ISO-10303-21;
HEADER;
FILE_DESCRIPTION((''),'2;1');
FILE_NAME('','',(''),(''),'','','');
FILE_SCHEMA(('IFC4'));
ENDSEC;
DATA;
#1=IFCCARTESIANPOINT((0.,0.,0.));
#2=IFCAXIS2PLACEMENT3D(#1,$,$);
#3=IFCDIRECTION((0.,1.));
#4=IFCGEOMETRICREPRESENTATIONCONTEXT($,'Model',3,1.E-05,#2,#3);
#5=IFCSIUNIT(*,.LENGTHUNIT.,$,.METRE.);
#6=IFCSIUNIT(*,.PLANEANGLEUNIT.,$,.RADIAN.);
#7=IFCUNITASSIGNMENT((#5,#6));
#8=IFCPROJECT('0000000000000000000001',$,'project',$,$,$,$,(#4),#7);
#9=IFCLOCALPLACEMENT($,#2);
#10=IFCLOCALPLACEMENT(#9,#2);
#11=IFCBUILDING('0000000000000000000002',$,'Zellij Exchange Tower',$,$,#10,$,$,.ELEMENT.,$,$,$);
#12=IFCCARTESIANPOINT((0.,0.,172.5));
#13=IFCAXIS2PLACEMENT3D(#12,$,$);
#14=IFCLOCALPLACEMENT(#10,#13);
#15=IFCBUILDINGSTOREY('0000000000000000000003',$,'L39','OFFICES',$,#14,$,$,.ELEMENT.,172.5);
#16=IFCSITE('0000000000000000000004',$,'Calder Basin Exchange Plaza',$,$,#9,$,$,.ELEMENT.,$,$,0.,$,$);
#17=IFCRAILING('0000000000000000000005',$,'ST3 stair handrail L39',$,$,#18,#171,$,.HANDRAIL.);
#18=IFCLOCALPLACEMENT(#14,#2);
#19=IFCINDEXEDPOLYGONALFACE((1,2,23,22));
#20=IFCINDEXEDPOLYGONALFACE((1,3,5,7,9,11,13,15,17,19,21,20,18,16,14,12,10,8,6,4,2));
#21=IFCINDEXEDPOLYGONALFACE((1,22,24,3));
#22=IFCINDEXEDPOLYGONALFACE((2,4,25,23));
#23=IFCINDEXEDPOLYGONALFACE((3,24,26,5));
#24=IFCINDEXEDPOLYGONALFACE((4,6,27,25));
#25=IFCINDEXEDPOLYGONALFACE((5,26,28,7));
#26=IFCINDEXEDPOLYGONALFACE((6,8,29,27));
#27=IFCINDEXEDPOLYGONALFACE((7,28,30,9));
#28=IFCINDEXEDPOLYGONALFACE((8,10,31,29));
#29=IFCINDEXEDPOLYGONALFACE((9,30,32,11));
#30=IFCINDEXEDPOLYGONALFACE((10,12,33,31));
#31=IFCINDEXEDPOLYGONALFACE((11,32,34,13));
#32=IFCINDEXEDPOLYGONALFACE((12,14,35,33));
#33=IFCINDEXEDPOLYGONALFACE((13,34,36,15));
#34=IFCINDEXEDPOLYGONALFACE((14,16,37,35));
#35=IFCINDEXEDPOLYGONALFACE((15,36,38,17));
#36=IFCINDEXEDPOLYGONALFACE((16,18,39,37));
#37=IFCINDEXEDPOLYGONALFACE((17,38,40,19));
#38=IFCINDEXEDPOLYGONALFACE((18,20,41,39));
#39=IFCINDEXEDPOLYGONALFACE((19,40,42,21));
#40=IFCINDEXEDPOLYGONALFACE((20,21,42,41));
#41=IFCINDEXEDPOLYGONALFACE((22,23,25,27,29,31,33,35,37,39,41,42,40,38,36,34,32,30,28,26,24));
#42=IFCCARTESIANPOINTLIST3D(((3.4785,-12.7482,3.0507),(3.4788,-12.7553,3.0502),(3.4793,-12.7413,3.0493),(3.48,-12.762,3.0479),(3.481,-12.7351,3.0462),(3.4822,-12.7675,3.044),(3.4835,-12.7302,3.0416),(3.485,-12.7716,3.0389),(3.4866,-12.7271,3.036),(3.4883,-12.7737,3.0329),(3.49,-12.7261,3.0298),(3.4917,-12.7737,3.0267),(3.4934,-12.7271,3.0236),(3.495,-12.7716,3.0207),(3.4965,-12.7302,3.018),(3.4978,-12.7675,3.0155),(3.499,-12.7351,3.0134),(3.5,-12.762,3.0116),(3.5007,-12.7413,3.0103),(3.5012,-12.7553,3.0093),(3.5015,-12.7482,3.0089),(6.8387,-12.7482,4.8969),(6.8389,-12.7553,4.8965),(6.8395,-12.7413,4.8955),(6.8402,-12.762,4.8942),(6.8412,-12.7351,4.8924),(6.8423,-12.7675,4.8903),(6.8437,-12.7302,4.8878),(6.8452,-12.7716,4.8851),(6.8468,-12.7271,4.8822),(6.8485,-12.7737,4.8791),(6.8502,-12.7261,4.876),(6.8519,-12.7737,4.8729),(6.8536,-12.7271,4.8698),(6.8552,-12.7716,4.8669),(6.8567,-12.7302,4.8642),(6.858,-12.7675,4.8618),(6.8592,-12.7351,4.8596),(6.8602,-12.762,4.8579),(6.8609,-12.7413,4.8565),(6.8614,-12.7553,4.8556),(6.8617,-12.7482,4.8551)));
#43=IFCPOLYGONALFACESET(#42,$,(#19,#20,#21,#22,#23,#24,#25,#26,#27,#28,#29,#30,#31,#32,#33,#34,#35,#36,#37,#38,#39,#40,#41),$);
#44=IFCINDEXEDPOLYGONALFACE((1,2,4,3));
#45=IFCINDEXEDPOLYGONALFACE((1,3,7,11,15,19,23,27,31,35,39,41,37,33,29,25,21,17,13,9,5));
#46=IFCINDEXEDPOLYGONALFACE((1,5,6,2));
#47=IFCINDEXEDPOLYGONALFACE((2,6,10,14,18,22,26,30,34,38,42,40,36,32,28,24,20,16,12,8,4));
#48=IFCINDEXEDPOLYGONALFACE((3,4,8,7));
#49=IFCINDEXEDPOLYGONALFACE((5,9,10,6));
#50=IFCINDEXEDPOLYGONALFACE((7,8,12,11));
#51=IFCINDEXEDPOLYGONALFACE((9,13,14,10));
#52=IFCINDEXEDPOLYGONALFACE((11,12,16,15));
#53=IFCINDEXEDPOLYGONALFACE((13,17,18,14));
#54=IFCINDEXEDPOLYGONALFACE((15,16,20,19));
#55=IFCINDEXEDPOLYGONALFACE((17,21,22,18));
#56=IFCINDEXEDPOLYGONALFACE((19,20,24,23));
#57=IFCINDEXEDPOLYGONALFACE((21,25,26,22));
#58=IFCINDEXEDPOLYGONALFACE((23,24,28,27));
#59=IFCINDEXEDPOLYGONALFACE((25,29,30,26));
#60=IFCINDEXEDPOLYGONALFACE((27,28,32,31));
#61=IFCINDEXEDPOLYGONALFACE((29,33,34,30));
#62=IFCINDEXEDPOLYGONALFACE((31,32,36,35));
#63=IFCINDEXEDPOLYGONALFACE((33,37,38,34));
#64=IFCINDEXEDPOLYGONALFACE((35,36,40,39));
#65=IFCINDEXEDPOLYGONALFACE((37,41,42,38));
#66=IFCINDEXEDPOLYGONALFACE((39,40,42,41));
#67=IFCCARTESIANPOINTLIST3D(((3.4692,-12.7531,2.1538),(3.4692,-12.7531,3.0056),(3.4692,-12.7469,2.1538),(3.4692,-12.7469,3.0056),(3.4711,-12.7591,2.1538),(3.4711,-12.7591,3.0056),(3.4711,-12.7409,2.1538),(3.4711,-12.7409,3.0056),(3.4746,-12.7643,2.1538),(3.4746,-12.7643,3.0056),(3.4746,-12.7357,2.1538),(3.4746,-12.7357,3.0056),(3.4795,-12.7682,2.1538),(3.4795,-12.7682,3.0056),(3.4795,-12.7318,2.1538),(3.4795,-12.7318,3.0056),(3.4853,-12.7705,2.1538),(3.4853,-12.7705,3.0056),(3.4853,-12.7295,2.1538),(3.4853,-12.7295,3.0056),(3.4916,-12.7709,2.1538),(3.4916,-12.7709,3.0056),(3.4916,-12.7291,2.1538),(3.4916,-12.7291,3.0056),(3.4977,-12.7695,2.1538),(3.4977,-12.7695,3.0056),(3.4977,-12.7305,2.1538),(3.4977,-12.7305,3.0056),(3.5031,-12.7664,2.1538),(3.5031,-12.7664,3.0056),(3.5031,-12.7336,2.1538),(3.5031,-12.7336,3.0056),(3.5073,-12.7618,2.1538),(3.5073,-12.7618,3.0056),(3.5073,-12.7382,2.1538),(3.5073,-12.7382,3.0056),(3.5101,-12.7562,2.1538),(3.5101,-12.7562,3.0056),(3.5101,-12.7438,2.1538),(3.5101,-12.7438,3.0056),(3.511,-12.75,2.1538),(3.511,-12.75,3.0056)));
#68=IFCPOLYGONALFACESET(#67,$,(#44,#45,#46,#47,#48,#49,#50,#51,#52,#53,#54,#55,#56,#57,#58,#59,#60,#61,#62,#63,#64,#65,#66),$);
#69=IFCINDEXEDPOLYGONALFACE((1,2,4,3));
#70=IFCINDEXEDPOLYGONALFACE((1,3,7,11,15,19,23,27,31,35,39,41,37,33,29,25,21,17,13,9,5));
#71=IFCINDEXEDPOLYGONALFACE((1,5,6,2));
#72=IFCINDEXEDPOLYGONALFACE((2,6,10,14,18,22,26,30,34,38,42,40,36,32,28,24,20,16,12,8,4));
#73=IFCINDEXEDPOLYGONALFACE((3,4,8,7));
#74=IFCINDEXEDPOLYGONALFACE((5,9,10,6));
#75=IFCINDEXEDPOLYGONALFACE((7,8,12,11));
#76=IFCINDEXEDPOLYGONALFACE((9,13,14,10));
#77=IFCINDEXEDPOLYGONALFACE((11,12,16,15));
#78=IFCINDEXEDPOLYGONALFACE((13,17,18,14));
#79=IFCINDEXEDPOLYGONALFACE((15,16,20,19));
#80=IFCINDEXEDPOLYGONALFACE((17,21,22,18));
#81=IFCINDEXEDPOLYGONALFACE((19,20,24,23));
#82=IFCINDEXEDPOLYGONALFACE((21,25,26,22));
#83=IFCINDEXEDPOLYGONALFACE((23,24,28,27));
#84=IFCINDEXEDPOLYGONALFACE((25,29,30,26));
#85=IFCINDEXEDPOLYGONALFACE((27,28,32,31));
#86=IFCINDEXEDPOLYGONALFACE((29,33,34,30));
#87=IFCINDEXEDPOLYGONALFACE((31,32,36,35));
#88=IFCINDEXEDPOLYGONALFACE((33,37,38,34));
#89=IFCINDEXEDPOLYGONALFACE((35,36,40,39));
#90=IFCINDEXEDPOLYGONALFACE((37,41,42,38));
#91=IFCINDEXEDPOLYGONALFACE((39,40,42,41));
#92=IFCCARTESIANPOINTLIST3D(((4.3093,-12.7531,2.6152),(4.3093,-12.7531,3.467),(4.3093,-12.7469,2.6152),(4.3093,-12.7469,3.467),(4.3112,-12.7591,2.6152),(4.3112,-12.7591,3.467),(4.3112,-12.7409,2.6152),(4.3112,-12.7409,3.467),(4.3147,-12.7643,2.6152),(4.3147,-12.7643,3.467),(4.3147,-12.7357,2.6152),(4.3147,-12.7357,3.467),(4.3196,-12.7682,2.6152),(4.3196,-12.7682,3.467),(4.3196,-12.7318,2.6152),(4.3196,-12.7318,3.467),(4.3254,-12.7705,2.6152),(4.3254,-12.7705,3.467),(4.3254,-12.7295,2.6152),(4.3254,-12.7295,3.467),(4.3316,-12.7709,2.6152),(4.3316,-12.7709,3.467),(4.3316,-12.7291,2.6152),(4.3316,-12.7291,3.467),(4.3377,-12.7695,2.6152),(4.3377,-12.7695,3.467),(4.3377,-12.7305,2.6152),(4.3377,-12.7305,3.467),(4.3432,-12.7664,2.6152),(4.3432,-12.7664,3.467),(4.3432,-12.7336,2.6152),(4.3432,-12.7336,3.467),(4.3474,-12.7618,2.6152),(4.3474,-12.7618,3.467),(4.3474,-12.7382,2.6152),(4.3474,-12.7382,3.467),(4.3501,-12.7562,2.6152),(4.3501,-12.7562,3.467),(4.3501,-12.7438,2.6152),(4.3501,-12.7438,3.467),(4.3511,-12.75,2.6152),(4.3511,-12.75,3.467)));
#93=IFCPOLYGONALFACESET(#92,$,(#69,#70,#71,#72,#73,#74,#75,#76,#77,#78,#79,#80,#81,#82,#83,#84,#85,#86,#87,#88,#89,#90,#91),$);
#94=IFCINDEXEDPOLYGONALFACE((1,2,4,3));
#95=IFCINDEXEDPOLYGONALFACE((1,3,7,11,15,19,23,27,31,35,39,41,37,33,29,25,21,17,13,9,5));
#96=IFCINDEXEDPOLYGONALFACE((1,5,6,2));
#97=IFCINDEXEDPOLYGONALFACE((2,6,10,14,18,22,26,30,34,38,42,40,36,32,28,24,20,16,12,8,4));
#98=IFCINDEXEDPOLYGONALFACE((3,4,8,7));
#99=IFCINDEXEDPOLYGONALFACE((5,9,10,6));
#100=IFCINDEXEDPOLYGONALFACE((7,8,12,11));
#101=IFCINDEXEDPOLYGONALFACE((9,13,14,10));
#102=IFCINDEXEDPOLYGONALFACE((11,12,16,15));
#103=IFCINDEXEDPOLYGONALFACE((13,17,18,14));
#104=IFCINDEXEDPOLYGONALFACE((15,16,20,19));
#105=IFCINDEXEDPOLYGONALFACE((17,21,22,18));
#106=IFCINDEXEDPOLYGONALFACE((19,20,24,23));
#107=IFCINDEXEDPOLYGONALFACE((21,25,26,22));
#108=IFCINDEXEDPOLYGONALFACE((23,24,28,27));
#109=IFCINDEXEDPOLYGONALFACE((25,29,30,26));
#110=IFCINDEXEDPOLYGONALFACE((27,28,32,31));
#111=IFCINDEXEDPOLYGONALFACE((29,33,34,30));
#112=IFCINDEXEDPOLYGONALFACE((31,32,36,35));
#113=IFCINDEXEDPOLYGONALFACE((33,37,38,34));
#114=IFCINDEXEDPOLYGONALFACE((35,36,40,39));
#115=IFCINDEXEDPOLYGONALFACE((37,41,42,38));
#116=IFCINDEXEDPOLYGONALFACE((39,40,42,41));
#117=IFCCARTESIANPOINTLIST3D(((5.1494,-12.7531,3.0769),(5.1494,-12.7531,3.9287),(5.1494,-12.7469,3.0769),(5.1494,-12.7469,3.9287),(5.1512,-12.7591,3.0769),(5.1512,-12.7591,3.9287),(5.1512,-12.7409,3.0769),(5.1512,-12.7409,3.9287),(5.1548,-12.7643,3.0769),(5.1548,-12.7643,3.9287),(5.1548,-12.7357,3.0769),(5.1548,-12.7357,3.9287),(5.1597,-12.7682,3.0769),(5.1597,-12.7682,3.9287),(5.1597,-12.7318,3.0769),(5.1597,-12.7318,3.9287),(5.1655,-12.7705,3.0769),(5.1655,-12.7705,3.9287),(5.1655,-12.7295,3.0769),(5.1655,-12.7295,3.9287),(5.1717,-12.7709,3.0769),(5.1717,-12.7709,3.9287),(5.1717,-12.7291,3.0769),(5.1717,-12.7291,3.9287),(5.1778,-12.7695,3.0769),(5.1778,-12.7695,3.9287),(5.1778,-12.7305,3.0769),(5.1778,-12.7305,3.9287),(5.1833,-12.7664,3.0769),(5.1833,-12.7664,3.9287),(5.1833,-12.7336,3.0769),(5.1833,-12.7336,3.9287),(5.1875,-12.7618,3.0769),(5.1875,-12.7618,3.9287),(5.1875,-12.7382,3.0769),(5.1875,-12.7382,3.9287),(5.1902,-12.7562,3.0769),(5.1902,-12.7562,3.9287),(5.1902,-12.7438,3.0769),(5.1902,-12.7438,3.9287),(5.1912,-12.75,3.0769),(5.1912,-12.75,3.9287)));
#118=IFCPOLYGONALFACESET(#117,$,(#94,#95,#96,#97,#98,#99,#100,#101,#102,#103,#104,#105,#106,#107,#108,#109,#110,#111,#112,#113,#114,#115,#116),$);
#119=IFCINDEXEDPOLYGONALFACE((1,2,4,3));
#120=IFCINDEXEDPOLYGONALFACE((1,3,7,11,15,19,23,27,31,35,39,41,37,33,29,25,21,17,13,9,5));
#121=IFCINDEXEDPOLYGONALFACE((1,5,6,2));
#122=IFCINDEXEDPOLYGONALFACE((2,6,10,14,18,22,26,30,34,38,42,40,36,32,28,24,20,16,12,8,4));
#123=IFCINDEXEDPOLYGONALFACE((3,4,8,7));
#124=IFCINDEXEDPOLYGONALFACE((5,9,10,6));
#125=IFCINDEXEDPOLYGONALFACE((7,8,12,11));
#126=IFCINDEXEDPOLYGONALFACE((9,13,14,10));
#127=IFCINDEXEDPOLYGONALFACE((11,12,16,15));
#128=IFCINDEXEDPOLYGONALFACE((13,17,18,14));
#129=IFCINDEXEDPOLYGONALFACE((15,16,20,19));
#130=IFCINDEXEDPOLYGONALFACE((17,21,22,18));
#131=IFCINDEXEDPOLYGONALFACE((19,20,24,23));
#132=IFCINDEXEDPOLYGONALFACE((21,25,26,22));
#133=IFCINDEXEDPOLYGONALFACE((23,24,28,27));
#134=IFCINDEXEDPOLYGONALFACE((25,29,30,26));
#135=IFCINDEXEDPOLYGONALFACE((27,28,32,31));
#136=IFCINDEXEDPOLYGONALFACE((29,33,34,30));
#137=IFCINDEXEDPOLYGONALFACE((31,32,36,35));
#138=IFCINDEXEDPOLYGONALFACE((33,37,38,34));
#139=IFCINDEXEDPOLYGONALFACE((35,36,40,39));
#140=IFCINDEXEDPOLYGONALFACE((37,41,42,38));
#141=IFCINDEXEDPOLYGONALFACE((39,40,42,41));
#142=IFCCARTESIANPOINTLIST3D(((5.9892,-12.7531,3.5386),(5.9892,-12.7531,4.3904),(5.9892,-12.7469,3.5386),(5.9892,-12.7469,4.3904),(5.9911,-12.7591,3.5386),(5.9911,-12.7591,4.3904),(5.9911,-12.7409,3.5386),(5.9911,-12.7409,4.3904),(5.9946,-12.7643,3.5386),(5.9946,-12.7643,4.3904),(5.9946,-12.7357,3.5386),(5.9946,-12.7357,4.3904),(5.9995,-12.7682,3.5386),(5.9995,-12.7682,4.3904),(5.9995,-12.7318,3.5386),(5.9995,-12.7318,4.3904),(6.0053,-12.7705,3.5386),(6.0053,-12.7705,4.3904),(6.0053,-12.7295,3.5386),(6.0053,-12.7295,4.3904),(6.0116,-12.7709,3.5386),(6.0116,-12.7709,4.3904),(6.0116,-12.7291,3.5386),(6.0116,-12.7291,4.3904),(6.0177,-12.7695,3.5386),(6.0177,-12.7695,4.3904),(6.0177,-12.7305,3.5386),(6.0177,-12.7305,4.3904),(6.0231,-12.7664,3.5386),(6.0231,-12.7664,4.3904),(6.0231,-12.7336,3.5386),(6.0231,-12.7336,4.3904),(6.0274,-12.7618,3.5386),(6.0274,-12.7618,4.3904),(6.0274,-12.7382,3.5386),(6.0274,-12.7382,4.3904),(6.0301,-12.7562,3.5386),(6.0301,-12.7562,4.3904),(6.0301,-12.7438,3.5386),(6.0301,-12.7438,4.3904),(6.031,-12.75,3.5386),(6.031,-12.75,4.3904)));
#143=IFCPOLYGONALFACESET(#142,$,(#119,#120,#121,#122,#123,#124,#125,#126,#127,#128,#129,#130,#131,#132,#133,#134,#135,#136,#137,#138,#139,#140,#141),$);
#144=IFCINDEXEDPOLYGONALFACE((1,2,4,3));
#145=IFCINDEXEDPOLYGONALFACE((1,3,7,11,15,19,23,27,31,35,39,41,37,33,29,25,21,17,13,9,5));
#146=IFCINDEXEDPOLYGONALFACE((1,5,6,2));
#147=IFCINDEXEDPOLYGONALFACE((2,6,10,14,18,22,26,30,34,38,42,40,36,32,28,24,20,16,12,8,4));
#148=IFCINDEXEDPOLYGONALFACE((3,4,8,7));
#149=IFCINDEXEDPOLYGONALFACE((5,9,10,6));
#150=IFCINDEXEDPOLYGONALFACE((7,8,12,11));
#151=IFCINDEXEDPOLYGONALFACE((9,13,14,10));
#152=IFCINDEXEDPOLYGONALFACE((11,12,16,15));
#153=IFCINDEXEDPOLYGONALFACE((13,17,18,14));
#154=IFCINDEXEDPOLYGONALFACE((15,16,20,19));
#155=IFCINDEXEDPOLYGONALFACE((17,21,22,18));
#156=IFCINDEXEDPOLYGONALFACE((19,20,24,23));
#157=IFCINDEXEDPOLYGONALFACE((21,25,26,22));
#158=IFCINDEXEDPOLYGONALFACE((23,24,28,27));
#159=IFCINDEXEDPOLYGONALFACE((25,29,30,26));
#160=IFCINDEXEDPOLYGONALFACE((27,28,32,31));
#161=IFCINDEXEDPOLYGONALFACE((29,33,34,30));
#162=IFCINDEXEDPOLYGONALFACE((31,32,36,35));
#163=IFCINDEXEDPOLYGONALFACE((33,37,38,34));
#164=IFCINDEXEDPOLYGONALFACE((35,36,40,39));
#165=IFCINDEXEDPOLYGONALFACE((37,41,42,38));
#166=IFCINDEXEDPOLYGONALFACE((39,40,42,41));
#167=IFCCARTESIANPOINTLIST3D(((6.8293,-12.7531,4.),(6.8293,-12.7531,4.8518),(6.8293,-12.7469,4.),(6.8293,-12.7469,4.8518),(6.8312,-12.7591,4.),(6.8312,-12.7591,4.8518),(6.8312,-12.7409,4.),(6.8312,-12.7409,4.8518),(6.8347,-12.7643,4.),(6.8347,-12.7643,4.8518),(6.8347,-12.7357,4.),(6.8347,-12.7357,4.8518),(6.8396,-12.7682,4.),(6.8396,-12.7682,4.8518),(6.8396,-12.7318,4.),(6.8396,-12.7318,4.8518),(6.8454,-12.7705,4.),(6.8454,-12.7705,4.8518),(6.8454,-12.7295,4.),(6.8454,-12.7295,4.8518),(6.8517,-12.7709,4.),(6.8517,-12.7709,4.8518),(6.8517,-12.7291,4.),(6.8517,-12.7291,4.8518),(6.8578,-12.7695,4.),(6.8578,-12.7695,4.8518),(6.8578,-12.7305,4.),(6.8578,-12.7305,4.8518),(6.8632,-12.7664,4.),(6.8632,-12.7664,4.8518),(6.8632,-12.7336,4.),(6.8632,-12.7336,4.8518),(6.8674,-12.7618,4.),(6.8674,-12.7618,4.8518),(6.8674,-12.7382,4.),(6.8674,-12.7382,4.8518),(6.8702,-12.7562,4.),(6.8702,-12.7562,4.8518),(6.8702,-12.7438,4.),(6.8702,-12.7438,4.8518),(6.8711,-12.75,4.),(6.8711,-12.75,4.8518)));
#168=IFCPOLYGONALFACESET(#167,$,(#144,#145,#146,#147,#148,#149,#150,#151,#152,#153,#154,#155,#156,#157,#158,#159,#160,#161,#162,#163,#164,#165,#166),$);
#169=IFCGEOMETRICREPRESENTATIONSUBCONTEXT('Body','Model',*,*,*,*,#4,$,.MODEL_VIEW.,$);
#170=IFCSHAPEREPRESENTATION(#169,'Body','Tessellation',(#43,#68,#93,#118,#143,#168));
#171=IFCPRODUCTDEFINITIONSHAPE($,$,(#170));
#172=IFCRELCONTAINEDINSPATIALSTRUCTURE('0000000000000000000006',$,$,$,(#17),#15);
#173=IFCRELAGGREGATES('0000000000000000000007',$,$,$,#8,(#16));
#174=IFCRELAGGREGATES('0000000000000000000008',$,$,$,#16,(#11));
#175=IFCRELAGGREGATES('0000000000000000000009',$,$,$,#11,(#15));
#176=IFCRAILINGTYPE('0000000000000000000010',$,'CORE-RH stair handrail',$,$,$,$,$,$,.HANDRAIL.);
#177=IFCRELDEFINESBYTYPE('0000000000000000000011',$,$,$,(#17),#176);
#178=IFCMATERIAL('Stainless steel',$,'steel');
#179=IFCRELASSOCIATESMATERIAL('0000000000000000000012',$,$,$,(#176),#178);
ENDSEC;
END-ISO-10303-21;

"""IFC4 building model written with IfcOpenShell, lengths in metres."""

from ifc_helpers import new_model, si_unit, direction, frame, origin, origin_2d, place, context, subcontext, project, spatial, circle, extrude, material, type_object, element, save


model = new_model("IFC4")

# Units and contexts
model_context = context("Model", 3, precision=1e-05, world=origin(), true_north=direction((0.0, 1.0)))
body_context = subcontext(model_context, "Body", "Model", "MODEL_VIEW")
ifc_project = project(units=[si_unit("LENGTHUNIT", "METRE"), si_unit("PLANEANGLEUNIT", "RADIAN")], contexts=[model_context])

# Site, building, storey
site_placement = place(None, origin())
site = spatial("IfcSite", under=ifc_project, at=site_placement, Name="Calder Basin Exchange Plaza", CompositionType="ELEMENT", RefElevation=0.0)
building_placement = place(site_placement, origin())
building = spatial("IfcBuilding", under=site, at=building_placement, Name="Zellij Exchange Tower", CompositionType="ELEMENT")
storey_placement = place(building_placement, frame((0.0, 0.0, 172.5)))
storey = spatial("IfcBuildingStorey", under=building, at=storey_placement, Name="L39", Description="OFFICES", CompositionType="ELEMENT", Elevation=172.5)

# Railing
ifc_material_1 = material(Name="Stainless steel", Category="steel")
railing_type_1 = type_object("IfcRailingType", Name="CORE-RH stair handrail", PredefinedType="HANDRAIL", material=ifc_material_1)
railing_1_placement = place(storey_placement, frame((3.49, -12.75, 2.1538)))
element("IfcRailing", 1, at=railing_1_placement, inside=storey, type_object=railing_type_1, Name="ST3 stair handrail L39", PredefinedType="HANDRAIL", context=body_context, shape_type="SweptSolid", body=[
    extrude(circle(Radius=0.0239, at=origin_2d()), frame((0.0, 0.0, 0.876), z_axis=(0.876422, 0.0, 0.481545), x_axis=(0.0, 1.0, 0.0)), (0.0, 0.0, 1.0), 3.834),
    extrude(circle(Radius=0.021, at=origin_2d()), origin(), (0.0, 0.0, 1.0), 0.8518),
    extrude(circle(Radius=0.021, at=origin_2d()), frame((0.8401, 0.0, 0.4614)), (0.0, 0.0, 1.0), 0.8518),
    extrude(circle(Radius=0.021, at=origin_2d()), frame((1.6802, 0.0, 0.9231)), (0.0, 0.0, 1.0), 0.8518),
    extrude(circle(Radius=0.021, at=origin_2d()), frame((2.52, 0.0, 1.3848)), (0.0, 0.0, 1.0), 0.8518),
    extrude(circle(Radius=0.021, at=origin_2d()), frame((3.3601, 0.0, 1.8462)), (0.0, 0.0, 1.0), 0.8518),
])

save(model, "model.ifc")
